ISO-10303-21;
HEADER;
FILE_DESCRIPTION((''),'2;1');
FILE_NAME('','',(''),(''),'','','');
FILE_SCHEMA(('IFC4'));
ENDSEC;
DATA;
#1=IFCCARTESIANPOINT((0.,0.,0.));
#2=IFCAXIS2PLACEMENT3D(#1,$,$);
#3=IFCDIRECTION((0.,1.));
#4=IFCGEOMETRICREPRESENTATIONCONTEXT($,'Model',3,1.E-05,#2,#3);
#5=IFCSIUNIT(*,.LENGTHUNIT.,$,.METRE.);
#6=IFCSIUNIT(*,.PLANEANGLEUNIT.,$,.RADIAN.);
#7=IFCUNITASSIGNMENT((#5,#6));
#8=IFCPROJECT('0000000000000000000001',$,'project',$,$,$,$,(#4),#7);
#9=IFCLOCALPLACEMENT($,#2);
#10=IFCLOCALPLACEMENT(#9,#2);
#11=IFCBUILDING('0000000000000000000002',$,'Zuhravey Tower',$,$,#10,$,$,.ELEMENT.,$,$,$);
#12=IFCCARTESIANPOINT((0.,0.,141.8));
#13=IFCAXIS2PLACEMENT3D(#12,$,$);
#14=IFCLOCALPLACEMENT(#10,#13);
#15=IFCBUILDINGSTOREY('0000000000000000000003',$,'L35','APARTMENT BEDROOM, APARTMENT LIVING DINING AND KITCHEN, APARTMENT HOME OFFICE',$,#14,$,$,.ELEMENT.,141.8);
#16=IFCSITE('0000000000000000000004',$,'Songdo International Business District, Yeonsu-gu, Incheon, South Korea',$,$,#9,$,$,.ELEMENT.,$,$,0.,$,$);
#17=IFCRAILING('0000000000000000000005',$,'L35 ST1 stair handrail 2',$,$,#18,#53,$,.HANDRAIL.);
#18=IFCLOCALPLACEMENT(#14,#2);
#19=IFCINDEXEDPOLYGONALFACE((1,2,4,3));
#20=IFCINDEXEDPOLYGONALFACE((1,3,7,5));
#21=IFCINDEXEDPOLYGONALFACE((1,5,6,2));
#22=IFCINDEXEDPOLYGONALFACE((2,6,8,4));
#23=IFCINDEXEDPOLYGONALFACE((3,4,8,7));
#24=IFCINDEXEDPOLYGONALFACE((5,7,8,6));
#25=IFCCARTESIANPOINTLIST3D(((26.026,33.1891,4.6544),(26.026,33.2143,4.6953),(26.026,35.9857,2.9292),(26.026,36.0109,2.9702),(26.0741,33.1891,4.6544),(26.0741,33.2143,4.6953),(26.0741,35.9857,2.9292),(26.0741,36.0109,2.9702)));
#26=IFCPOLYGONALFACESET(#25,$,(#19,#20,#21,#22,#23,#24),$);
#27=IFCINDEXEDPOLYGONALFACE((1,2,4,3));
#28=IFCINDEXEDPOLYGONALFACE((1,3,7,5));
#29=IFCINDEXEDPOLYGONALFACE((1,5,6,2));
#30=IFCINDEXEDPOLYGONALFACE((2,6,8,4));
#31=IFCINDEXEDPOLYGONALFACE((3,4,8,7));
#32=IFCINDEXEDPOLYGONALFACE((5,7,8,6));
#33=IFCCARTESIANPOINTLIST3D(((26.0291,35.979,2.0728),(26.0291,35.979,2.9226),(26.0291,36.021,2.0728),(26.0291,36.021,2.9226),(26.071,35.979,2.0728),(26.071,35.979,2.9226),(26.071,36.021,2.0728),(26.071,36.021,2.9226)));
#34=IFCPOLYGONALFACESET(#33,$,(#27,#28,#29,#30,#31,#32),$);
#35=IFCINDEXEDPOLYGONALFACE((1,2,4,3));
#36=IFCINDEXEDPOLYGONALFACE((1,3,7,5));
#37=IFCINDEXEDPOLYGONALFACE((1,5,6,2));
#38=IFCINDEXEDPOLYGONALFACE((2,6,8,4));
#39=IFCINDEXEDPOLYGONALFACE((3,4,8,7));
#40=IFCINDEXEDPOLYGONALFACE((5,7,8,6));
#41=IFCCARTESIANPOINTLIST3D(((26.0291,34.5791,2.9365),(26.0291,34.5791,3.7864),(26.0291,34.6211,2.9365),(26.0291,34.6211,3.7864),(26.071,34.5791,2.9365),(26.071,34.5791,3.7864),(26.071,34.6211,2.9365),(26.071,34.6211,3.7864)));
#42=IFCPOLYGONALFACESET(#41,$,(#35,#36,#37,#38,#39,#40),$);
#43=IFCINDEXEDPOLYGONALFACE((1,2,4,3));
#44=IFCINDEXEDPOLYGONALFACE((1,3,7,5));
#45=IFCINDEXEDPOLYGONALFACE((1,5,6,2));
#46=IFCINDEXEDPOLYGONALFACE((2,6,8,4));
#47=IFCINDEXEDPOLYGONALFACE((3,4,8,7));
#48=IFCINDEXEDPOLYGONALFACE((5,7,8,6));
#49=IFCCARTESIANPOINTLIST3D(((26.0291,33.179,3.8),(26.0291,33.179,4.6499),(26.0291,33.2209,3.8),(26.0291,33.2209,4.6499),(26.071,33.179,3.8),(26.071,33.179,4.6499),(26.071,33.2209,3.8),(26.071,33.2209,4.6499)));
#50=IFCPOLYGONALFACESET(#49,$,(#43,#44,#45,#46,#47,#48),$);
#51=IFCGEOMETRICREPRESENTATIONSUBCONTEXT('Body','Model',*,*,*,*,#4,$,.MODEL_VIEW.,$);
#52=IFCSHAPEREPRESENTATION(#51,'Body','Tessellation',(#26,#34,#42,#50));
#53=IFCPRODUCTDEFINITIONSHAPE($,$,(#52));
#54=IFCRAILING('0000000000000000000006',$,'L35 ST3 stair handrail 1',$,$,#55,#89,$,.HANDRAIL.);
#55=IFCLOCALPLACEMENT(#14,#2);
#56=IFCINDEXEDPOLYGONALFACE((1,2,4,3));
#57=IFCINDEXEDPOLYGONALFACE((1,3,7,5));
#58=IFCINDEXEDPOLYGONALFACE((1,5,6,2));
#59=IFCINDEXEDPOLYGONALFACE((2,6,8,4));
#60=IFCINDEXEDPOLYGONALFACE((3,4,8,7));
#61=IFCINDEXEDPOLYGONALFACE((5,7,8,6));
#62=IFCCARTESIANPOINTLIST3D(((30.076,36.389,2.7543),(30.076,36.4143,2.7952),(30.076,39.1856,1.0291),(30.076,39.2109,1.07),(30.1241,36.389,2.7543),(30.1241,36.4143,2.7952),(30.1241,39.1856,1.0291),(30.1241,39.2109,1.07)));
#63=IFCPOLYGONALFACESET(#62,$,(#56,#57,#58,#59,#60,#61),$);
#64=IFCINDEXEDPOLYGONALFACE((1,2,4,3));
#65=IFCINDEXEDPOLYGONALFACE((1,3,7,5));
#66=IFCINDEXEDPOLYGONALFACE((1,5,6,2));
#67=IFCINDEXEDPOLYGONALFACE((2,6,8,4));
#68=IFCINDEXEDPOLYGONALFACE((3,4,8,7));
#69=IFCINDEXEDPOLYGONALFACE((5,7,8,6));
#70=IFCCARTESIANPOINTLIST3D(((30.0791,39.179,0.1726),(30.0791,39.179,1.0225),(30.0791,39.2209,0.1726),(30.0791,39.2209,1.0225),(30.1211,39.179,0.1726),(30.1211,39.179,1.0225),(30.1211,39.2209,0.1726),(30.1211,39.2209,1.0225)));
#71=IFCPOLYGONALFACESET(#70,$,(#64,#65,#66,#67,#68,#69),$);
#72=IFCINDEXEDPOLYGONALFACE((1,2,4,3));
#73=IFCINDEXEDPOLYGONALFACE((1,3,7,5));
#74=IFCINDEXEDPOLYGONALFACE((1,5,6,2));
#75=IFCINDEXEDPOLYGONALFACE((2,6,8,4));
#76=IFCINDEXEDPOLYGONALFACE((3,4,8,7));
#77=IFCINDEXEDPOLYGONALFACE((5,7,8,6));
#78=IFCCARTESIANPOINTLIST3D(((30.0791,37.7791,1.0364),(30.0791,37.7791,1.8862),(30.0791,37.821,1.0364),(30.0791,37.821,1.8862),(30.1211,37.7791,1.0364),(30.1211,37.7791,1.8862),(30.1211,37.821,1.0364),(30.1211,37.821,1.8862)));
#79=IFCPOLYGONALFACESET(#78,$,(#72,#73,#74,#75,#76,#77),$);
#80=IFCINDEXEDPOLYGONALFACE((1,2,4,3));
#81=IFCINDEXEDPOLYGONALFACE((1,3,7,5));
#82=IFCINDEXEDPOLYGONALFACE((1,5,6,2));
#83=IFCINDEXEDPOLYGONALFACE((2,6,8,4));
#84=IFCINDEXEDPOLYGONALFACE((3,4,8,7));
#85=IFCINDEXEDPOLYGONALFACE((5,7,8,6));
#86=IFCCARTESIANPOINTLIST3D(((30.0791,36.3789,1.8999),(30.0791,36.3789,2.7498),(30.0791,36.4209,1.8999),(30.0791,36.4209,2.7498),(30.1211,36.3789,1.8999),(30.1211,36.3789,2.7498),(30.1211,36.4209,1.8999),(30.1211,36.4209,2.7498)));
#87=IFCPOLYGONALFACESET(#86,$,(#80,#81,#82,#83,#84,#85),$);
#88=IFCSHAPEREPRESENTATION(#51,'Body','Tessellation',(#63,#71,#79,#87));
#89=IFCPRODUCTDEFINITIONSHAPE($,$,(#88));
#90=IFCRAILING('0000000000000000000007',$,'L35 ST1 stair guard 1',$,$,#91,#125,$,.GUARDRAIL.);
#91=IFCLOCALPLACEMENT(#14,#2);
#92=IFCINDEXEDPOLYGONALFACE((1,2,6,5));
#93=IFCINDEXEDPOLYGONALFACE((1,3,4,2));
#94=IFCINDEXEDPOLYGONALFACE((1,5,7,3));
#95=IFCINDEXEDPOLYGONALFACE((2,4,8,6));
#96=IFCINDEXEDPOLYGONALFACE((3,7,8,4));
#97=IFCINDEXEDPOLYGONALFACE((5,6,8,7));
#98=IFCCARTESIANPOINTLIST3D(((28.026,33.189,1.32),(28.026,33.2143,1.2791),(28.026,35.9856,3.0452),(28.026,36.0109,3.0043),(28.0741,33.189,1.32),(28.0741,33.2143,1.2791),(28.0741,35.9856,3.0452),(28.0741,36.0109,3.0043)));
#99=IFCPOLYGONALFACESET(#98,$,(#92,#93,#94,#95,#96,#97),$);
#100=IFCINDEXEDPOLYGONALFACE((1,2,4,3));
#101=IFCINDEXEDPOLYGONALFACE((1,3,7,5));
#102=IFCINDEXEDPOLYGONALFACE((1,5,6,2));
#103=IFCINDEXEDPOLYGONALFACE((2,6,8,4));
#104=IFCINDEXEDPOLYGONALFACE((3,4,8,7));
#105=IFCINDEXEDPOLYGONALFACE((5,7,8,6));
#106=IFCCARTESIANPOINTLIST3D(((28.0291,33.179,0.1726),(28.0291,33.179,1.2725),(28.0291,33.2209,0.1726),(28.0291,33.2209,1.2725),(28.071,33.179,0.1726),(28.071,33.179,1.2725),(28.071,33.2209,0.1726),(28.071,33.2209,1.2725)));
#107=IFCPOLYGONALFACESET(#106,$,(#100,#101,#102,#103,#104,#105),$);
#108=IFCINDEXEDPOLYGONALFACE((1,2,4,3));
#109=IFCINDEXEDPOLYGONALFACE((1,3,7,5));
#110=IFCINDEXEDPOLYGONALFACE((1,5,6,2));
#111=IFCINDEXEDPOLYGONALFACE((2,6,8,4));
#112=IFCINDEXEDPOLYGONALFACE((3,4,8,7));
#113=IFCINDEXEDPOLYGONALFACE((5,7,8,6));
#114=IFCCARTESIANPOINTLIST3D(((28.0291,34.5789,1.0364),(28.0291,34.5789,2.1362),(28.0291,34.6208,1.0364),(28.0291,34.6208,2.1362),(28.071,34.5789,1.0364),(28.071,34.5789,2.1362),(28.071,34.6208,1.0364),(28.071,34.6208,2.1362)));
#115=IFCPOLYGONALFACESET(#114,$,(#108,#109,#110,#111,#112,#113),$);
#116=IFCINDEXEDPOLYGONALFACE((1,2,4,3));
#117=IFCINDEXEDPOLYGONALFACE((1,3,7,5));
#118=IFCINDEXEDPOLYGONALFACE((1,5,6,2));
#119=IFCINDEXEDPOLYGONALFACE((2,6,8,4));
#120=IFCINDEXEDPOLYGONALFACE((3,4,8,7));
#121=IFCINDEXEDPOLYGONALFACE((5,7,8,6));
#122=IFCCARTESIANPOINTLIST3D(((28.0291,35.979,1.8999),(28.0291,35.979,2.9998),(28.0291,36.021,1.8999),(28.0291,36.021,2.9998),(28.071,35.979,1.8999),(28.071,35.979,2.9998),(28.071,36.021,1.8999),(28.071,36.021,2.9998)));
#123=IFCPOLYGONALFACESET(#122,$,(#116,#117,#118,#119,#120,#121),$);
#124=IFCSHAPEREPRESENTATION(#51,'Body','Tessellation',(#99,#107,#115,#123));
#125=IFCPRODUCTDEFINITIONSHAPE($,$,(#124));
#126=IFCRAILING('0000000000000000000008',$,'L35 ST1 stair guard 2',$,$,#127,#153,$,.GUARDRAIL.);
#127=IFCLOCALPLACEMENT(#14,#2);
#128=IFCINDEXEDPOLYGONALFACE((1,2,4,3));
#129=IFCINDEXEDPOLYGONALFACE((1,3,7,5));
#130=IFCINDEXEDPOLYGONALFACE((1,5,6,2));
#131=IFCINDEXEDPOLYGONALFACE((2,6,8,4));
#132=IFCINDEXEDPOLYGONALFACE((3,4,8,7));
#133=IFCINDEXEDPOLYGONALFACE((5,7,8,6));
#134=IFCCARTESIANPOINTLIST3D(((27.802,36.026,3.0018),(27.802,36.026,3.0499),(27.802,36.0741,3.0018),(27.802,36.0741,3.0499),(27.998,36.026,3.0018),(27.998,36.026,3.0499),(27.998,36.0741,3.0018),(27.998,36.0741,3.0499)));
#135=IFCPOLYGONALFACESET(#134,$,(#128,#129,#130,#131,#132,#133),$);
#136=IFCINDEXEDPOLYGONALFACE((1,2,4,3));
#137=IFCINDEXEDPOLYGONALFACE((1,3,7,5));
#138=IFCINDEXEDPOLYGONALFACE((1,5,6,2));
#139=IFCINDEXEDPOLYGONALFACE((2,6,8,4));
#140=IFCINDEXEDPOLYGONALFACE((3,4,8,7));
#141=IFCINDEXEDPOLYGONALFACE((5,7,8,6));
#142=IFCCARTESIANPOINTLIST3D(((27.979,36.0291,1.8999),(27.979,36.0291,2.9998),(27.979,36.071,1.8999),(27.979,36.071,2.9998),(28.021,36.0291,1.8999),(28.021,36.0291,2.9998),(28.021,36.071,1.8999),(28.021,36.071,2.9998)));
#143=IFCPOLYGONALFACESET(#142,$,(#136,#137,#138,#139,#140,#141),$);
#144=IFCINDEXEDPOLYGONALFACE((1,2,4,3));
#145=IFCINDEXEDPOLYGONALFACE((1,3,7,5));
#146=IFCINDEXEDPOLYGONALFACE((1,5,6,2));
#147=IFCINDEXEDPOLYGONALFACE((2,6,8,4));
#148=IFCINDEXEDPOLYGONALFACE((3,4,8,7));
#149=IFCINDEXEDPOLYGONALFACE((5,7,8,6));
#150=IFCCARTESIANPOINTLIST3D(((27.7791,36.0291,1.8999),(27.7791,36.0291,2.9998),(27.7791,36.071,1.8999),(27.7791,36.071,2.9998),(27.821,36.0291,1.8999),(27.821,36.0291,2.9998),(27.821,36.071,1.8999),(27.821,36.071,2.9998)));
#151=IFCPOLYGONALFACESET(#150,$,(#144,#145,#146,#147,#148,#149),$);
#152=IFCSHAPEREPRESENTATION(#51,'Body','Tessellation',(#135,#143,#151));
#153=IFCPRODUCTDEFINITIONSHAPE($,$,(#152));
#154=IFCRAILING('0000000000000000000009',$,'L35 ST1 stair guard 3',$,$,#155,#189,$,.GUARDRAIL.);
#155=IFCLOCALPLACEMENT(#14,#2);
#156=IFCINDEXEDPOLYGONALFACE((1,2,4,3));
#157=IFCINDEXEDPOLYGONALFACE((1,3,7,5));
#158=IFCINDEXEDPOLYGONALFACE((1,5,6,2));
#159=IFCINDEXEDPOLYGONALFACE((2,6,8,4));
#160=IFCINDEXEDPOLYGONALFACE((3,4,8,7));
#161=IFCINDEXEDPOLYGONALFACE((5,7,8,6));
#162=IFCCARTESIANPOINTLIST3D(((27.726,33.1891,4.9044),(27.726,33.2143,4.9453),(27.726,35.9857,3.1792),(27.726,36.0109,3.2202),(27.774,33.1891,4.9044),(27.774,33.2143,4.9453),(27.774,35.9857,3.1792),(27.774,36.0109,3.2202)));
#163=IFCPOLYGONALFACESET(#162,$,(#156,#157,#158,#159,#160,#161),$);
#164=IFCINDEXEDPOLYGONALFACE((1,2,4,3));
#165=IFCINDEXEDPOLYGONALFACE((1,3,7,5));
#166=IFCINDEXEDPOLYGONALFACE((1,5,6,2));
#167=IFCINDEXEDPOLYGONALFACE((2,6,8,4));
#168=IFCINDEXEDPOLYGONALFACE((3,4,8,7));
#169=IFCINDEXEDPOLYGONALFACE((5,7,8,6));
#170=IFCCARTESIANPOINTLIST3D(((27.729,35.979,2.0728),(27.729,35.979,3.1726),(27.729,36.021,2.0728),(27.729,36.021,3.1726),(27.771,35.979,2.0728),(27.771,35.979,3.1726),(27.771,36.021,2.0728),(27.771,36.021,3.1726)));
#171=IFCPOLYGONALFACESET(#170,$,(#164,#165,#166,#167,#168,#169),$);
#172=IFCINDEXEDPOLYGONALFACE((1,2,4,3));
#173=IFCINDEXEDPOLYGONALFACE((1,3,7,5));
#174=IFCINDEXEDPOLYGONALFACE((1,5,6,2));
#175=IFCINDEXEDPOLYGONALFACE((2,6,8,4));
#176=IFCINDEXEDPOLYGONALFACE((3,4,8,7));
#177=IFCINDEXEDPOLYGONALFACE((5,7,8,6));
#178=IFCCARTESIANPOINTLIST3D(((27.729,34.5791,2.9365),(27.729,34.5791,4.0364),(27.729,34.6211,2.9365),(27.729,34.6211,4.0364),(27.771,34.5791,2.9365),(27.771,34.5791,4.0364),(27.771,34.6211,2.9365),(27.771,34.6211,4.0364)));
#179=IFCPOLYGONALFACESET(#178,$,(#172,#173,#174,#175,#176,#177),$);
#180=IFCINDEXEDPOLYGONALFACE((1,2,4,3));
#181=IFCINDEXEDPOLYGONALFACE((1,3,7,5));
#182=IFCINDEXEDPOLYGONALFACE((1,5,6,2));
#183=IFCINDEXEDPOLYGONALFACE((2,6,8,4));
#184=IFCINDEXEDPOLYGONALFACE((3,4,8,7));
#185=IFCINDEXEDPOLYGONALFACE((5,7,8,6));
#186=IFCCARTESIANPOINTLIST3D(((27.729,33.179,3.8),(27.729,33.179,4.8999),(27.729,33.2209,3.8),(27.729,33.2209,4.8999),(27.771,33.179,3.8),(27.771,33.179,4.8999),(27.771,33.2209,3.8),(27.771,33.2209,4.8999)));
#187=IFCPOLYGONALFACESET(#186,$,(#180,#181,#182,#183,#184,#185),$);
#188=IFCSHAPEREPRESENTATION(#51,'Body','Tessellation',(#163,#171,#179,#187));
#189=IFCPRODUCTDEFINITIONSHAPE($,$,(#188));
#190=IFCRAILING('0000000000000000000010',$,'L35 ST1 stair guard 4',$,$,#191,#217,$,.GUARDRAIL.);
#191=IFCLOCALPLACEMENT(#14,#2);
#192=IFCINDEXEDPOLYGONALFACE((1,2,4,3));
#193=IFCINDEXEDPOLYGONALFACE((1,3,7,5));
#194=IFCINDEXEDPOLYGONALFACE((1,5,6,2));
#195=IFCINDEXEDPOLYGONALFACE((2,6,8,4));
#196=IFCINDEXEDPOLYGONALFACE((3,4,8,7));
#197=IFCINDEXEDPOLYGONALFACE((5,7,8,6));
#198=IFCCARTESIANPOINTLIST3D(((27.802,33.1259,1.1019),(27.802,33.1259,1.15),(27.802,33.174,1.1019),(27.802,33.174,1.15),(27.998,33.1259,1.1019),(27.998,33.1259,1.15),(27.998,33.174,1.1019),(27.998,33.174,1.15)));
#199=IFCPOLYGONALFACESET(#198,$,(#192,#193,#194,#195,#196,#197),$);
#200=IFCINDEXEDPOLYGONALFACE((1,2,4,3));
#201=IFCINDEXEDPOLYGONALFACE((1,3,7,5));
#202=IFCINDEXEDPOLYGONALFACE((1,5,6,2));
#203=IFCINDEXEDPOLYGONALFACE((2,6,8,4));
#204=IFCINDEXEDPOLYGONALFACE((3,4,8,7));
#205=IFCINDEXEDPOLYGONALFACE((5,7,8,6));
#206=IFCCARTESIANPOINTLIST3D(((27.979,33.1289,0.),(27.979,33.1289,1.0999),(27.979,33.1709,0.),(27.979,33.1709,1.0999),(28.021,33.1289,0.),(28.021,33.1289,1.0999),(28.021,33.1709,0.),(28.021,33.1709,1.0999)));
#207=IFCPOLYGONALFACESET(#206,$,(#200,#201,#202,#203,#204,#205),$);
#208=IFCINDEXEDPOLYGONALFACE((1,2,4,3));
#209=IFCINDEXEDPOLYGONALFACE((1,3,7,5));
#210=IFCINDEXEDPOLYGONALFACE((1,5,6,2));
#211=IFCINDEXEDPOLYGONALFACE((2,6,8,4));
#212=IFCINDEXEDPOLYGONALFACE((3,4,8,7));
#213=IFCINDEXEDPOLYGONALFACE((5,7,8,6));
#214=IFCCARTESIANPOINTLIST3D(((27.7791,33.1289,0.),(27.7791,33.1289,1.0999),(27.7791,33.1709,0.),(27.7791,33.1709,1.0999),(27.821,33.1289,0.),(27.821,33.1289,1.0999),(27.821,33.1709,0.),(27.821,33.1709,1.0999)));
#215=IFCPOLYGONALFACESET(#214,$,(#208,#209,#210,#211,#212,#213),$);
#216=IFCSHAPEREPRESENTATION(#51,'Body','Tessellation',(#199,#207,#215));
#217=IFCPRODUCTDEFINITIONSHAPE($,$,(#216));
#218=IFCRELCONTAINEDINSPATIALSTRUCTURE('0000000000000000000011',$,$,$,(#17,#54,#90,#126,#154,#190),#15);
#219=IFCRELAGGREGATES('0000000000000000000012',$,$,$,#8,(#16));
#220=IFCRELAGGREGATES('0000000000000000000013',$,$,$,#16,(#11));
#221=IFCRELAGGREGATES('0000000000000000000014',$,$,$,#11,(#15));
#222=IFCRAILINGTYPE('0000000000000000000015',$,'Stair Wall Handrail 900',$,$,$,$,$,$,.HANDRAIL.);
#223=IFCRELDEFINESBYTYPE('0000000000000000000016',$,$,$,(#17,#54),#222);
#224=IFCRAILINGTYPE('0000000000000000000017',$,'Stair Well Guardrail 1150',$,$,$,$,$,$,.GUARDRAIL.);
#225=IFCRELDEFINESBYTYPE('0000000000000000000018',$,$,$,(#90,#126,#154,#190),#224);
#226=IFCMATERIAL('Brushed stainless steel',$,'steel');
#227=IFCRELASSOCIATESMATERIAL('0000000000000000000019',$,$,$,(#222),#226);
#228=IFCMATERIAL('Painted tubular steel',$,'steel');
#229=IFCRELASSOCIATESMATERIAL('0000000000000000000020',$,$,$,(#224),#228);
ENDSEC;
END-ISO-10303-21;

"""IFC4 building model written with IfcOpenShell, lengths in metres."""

from ifc_helpers import new_model, si_unit, direction, frame, origin, origin_2d, place, context, subcontext, project, spatial, rectangle, extrude, material, type_object, element, save


model = new_model("IFC4")

# Units and contexts
model_context = context("Model", 3, precision=1e-05, world=origin(), true_north=direction((0.0, 1.0)))
body_context = subcontext(model_context, "Body", "Model", "MODEL_VIEW")
ifc_project = project(units=[si_unit("LENGTHUNIT", "METRE"), si_unit("PLANEANGLEUNIT", "RADIAN")], contexts=[model_context])

# Site, building, storey
site_placement = place(None, origin())
site = spatial("IfcSite", under=ifc_project, at=site_placement, Name="Songdo International Business District, Yeonsu-gu, Incheon, South Korea", CompositionType="ELEMENT", RefElevation=0.0)
building_placement = place(site_placement, origin())
building = spatial("IfcBuilding", under=site, at=building_placement, Name="Zuhravey Tower", CompositionType="ELEMENT")
storey_placement = place(building_placement, frame((0.0, 0.0, 141.8)))
storey = spatial("IfcBuildingStorey", under=building, at=storey_placement, Name="L35", Description="APARTMENT BEDROOM, APARTMENT LIVING DINING AND KITCHEN, APARTMENT HOME OFFICE", CompositionType="ELEMENT", Elevation=141.8)

# Railings
ifc_material_1 = material(Name="Brushed stainless steel", Category="steel")
railing_type_1 = type_object("IfcRailingType", Name="Stair Wall Handrail 900", PredefinedType="HANDRAIL", material=ifc_material_1)
for number, where, name in (
    (1, (26.05, 36.0, 2.0728), "L35 ST1 stair handrail 2"),
    (2, (30.1001, 39.2, 0.1726), "L35 ST3 stair handrail 1"),
):
    element("IfcRailing", number, at=place(storey_placement, frame(where)), inside=storey, type_object=railing_type_1, Name=name, PredefinedType="HANDRAIL", context=body_context, shape_type="SweptSolid", body=[
        extrude(rectangle(XDim=0.0481, YDim=0.0481, at=origin_2d()), frame((0.0, -0.0017, 0.877), z_axis=(0.0, -0.85109, 0.52502), x_axis=(1.0, 0.0, 0.0)), (0.0, 0.0, 1.0), 3.2859),
        extrude(rectangle(XDim=0.042, YDim=0.042, at=origin_2d()), origin(), (0.0, 0.0, 1.0), 0.8499),
        extrude(rectangle(XDim=0.042, YDim=0.042, at=origin_2d()), frame((0.0, -1.3999, 0.8638)), (0.0, 0.0, 1.0), 0.8499),
        extrude(rectangle(XDim=0.042, YDim=0.042, at=origin_2d()), frame((0.0, -2.8, 1.7273)), (0.0, 0.0, 1.0), 0.8499),
    ])
ifc_material_2 = material(Name="Painted tubular steel", Category="steel")
railing_type_2 = type_object("IfcRailingType", Name="Stair Well Guardrail 1150", PredefinedType="GUARDRAIL", material=ifc_material_2)
railing_1_placement = place(storey_placement, frame((28.05, 33.2, 0.1726)))
element("IfcRailing", 3, at=railing_1_placement, inside=storey, type_object=railing_type_2, Name="L35 ST1 stair guard 1", PredefinedType="GUARDRAIL", context=body_context, shape_type="SweptSolid", body=[
    extrude(rectangle(XDim=0.0481, YDim=0.0481, at=origin_2d()), frame((0.0, 0.0017, 1.127), z_axis=(0.0, 0.85109, 0.52502), x_axis=(-1.0, 0.0, 0.0)), (0.0, 0.0, 1.0), 3.2859),
    extrude(rectangle(XDim=0.042, YDim=0.042, at=origin_2d()), origin(), (0.0, 0.0, 1.0), 1.0999),
    extrude(rectangle(XDim=0.042, YDim=0.042, at=origin_2d()), frame((0.0, 1.3999, 0.8638)), (0.0, 0.0, 1.0), 1.0999),
    extrude(rectangle(XDim=0.042, YDim=0.042, at=origin_2d()), frame((0.0, 2.8, 1.7273)), (0.0, 0.0, 1.0), 1.0999),
])
railing_2_placement = place(storey_placement, frame((28.0, 36.05, 1.8999)))
element("IfcRailing", 4, at=railing_2_placement, inside=storey, type_object=railing_type_2, Name="L35 ST1 stair guard 2", PredefinedType="GUARDRAIL", context=body_context, shape_type="SweptSolid", body=[
    extrude(rectangle(XDim=0.0481, YDim=0.0481, at=origin_2d()), frame((-0.002, 0.0, 1.126), z_axis=(-1.0, 0.0, 0.0), x_axis=(0.0, -1.0, 0.0)), (0.0, 0.0, 1.0), 0.196),
    extrude(rectangle(XDim=0.042, YDim=0.042, at=origin_2d()), origin(), (0.0, 0.0, 1.0), 1.0999),
    extrude(rectangle(XDim=0.042, YDim=0.042, at=origin_2d()), frame((-0.2, 0.0, 0.0)), (0.0, 0.0, 1.0), 1.0999),
])
railing_3_placement = place(storey_placement, frame((27.75, 36.0, 2.0728)))
element("IfcRailing", 5, at=railing_3_placement, inside=storey, type_object=railing_type_2, Name="L35 ST1 stair guard 3", PredefinedType="GUARDRAIL", context=body_context, shape_type="SweptSolid", body=[
    extrude(rectangle(XDim=0.0481, YDim=0.0481, at=origin_2d()), frame((0.0, -0.0017, 1.127), z_axis=(0.0, -0.85109, 0.52502), x_axis=(1.0, 0.0, 0.0)), (0.0, 0.0, 1.0), 3.2859),
    extrude(rectangle(XDim=0.042, YDim=0.042, at=origin_2d()), origin(), (0.0, 0.0, 1.0), 1.0999),
    extrude(rectangle(XDim=0.042, YDim=0.042, at=origin_2d()), frame((0.0, -1.3999, 0.8638)), (0.0, 0.0, 1.0), 1.0999),
    extrude(rectangle(XDim=0.042, YDim=0.042, at=origin_2d()), frame((0.0, -2.8, 1.7273)), (0.0, 0.0, 1.0), 1.0999),
])
railing_4_placement = place(storey_placement, frame((28.0, 33.1499, 0.0)))
element("IfcRailing", 6, at=railing_4_placement, inside=storey, type_object=railing_type_2, Name="L35 ST1 stair guard 4", PredefinedType="GUARDRAIL", context=body_context, shape_type="SweptSolid", body=[
    extrude(rectangle(XDim=0.0481, YDim=0.0481, at=origin_2d()), frame((-0.002, 0.0, 1.126), z_axis=(-1.0, 0.0, 0.0), x_axis=(0.0, -1.0, 0.0)), (0.0, 0.0, 1.0), 0.196),
    extrude(rectangle(XDim=0.042, YDim=0.042, at=origin_2d()), origin(), (0.0, 0.0, 1.0), 1.0999),
    extrude(rectangle(XDim=0.042, YDim=0.042, at=origin_2d()), frame((-0.2, 0.0, 0.0)), (0.0, 0.0, 1.0), 1.0999),
])

save(model, "model.ifc")
